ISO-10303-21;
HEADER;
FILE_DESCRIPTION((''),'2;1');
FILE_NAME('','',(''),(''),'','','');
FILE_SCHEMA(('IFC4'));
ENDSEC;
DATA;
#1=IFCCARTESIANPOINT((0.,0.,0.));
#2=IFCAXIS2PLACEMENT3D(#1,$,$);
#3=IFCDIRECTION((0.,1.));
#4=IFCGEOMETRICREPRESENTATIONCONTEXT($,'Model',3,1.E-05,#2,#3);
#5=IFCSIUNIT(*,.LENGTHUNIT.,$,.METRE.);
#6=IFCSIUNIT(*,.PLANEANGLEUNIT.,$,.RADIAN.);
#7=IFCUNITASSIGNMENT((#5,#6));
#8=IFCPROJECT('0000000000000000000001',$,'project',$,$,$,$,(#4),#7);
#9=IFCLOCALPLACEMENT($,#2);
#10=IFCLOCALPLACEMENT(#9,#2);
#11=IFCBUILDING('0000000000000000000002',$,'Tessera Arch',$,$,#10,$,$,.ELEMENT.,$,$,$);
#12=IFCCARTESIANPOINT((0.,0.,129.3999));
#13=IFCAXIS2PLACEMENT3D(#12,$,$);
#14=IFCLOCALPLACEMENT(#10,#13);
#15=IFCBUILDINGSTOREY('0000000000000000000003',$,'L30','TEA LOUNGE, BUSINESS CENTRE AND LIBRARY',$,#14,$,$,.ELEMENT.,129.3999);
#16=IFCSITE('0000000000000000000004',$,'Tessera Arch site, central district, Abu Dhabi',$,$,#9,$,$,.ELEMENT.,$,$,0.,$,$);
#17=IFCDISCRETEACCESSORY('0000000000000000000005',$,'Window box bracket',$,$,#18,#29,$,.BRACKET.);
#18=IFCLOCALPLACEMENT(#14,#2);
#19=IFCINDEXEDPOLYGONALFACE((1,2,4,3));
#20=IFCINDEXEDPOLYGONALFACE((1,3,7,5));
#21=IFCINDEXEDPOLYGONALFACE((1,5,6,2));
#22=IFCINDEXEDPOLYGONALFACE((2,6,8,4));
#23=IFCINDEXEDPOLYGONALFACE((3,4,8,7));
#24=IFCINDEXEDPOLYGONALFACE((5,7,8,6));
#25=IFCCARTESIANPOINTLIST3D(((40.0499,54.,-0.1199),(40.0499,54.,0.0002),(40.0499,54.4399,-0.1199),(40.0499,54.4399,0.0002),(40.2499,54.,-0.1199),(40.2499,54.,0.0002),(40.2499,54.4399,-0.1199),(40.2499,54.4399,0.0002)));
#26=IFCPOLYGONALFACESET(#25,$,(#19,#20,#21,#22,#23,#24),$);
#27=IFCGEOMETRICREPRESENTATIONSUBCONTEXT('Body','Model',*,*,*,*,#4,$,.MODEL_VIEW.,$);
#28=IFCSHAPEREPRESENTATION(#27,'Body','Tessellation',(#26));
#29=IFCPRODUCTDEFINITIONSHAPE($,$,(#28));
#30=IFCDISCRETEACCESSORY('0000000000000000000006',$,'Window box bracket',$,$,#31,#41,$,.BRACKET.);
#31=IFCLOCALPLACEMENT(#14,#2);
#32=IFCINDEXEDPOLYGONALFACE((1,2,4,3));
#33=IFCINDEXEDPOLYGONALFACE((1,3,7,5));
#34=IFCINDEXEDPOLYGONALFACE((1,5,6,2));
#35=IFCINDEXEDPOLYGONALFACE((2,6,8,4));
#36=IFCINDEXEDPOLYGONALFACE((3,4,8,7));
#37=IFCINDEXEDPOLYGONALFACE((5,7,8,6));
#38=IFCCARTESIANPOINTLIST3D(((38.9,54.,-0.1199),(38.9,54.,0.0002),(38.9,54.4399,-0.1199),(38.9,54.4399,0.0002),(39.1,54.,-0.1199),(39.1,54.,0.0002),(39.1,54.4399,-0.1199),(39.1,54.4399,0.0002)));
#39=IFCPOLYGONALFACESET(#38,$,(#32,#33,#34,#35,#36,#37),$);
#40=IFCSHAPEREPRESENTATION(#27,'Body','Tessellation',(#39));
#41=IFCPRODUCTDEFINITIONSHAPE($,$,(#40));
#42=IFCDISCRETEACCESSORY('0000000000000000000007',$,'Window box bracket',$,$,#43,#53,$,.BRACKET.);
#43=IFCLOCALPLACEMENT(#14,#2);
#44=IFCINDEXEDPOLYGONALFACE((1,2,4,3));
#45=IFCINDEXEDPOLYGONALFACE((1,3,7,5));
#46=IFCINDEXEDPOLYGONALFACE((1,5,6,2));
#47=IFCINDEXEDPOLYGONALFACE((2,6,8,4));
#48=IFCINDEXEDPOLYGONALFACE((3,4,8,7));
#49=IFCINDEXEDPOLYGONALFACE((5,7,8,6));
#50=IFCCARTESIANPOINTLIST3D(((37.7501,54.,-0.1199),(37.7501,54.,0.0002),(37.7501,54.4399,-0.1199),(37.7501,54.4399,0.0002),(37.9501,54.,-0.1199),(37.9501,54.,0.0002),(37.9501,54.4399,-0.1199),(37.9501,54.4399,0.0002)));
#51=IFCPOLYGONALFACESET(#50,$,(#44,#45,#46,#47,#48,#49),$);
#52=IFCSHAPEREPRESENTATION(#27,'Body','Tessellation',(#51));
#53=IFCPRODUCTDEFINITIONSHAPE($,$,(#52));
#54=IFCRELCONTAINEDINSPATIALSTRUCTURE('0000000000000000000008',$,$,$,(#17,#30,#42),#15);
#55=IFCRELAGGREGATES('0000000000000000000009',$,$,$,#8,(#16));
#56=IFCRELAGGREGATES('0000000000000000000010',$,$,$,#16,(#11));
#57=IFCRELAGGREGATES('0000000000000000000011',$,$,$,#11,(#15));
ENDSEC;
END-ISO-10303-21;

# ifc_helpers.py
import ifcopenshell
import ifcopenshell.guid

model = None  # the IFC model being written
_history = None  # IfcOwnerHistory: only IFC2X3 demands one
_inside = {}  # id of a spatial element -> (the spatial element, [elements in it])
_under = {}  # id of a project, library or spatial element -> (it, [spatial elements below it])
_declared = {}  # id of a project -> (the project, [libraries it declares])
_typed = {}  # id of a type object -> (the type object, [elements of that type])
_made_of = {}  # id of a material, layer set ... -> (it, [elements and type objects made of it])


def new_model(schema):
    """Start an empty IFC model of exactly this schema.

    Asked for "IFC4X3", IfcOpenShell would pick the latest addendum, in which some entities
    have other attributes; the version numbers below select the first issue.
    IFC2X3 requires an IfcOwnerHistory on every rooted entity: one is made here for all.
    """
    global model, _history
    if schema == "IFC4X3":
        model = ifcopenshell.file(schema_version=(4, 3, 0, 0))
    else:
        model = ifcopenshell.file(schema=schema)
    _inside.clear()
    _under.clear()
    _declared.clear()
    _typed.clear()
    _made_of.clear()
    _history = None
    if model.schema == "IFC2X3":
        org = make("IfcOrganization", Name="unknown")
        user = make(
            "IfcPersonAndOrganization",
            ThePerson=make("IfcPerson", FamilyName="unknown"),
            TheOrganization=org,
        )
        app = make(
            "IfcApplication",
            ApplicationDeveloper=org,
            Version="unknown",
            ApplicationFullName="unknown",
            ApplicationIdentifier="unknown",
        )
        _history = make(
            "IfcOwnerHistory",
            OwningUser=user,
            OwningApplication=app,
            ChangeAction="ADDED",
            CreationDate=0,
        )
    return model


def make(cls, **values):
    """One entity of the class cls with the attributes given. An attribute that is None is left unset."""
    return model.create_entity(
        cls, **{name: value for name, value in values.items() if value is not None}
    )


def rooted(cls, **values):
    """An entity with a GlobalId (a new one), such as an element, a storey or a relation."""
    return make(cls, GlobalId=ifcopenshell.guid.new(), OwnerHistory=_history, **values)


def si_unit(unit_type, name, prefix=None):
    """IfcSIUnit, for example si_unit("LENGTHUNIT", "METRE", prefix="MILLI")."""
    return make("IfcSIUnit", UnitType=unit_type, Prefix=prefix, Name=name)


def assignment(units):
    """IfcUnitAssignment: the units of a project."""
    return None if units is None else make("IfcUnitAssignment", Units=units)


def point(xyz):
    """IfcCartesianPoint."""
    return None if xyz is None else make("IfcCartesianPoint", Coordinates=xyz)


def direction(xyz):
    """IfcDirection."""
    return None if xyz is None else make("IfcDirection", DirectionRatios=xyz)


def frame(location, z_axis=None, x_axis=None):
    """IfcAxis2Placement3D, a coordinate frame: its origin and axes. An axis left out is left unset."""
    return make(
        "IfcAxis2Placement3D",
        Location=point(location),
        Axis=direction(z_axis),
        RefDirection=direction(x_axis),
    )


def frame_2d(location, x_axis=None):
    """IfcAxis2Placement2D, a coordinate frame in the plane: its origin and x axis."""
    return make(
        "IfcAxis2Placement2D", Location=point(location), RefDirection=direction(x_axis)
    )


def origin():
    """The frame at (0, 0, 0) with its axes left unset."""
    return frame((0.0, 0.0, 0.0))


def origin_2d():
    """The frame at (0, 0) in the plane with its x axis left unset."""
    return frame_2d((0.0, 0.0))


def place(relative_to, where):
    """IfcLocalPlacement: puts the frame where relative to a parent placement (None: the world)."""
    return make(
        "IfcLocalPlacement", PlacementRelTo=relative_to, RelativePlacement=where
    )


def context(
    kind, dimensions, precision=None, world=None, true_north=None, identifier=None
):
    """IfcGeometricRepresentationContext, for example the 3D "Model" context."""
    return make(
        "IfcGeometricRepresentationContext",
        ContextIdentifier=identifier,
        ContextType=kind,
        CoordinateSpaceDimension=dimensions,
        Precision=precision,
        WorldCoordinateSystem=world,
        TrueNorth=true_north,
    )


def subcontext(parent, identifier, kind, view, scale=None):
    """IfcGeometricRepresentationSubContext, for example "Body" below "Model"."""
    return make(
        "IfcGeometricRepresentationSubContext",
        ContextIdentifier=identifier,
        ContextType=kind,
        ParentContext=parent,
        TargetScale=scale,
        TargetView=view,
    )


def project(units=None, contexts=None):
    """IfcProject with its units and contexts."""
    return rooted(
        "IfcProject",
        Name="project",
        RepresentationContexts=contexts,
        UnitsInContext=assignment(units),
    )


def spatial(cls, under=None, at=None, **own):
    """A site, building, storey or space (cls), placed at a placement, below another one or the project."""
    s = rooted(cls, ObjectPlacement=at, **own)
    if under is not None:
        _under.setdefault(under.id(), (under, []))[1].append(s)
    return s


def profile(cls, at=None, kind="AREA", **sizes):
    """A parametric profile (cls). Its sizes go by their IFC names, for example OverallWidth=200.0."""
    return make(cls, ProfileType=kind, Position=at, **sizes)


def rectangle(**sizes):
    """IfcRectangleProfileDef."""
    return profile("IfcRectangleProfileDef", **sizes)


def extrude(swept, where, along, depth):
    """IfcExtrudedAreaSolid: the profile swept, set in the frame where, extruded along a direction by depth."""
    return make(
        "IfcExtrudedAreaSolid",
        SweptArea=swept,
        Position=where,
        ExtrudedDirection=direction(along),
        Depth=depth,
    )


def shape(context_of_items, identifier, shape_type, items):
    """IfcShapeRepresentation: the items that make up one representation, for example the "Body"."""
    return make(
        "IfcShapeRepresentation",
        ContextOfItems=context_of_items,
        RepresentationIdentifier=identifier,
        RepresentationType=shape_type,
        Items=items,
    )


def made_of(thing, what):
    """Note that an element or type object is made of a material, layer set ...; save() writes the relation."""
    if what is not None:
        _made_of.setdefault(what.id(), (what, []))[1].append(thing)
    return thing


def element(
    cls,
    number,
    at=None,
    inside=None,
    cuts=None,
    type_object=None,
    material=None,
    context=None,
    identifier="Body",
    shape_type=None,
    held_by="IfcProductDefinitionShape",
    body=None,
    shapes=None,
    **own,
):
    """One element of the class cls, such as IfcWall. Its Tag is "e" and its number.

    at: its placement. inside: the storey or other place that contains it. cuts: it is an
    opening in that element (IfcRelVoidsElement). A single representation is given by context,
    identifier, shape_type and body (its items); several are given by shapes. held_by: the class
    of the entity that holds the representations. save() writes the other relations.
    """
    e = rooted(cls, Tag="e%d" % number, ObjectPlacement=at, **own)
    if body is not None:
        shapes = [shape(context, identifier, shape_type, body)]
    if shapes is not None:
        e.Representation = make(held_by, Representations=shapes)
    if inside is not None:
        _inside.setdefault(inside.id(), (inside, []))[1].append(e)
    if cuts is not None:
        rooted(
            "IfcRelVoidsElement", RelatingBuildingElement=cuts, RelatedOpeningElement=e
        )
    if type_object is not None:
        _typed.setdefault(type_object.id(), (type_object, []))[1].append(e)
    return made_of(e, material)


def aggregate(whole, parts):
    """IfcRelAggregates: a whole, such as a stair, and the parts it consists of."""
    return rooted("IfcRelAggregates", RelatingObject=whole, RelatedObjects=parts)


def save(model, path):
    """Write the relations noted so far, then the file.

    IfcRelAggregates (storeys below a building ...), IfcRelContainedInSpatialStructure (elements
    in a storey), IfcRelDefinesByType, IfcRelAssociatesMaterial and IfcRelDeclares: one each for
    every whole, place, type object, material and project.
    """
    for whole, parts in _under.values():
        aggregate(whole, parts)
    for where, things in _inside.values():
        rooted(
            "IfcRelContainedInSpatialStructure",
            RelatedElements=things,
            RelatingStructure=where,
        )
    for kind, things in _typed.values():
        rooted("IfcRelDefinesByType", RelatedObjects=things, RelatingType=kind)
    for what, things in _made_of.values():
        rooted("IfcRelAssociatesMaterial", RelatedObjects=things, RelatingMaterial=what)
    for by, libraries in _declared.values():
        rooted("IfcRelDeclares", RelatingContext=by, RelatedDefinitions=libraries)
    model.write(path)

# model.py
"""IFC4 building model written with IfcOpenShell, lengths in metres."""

from ifc_helpers import new_model, si_unit, direction, frame, origin, origin_2d, place, context, subcontext, project, spatial, rectangle, extrude, element, save


model = new_model("IFC4")

# Units and contexts
model_context = context("Model", 3, precision=1e-05, world=origin(), true_north=direction((0.0, 1.0)))
body_context = subcontext(model_context, "Body", "Model", "MODEL_VIEW")
ifc_project = project(units=[si_unit("LENGTHUNIT", "METRE"), si_unit("PLANEANGLEUNIT", "RADIAN")], contexts=[model_context])

# Site, building, storey
site_placement = place(None, origin())
site = spatial("IfcSite", under=ifc_project, at=site_placement, Name="Tessera Arch site, central district, Abu Dhabi", CompositionType="ELEMENT", RefElevation=0.0)
building_placement = place(site_placement, origin())
building = spatial("IfcBuilding", under=site, at=building_placement, Name="Tessera Arch", CompositionType="ELEMENT")
storey_placement = place(building_placement, frame((0.0, 0.0, 129.3999)))
storey = spatial("IfcBuildingStorey", under=building, at=storey_placement, Name="L30", Description="TEA LOUNGE, BUSINESS CENTRE AND LIBRARY", CompositionType="ELEMENT", Elevation=129.3999)

# Discrete accessories
for number, where, z_axis, x_axis, name in (
    (1, (40.1499, 54.22, -0.1199), (0.0, 0.0, 1.0), (0.0, 1.0, 0.0), "Window box bracket"),
    (2, (39.0, 54.22, -0.1199), (0.0, 0.0, 1.0), (0.0, 1.0, 0.0), "Window box bracket"),
    (3, (37.8501, 54.22, -0.1199), (0.0, 0.0, 1.0), (0.0, 1.0, 0.0), "Window box bracket"),
):
    element("IfcDiscreteAccessory", number, at=place(storey_placement, frame(where, z_axis=z_axis, x_axis=x_axis)), inside=storey, Name=name, PredefinedType="BRACKET", context=body_context, shape_type="SweptSolid", body=[
        extrude(rectangle(XDim=0.4399, YDim=0.2, at=origin_2d()), origin(), (0.0, 0.0, 1.0), 0.1201),
    ])

save(model, "model.ifc")
